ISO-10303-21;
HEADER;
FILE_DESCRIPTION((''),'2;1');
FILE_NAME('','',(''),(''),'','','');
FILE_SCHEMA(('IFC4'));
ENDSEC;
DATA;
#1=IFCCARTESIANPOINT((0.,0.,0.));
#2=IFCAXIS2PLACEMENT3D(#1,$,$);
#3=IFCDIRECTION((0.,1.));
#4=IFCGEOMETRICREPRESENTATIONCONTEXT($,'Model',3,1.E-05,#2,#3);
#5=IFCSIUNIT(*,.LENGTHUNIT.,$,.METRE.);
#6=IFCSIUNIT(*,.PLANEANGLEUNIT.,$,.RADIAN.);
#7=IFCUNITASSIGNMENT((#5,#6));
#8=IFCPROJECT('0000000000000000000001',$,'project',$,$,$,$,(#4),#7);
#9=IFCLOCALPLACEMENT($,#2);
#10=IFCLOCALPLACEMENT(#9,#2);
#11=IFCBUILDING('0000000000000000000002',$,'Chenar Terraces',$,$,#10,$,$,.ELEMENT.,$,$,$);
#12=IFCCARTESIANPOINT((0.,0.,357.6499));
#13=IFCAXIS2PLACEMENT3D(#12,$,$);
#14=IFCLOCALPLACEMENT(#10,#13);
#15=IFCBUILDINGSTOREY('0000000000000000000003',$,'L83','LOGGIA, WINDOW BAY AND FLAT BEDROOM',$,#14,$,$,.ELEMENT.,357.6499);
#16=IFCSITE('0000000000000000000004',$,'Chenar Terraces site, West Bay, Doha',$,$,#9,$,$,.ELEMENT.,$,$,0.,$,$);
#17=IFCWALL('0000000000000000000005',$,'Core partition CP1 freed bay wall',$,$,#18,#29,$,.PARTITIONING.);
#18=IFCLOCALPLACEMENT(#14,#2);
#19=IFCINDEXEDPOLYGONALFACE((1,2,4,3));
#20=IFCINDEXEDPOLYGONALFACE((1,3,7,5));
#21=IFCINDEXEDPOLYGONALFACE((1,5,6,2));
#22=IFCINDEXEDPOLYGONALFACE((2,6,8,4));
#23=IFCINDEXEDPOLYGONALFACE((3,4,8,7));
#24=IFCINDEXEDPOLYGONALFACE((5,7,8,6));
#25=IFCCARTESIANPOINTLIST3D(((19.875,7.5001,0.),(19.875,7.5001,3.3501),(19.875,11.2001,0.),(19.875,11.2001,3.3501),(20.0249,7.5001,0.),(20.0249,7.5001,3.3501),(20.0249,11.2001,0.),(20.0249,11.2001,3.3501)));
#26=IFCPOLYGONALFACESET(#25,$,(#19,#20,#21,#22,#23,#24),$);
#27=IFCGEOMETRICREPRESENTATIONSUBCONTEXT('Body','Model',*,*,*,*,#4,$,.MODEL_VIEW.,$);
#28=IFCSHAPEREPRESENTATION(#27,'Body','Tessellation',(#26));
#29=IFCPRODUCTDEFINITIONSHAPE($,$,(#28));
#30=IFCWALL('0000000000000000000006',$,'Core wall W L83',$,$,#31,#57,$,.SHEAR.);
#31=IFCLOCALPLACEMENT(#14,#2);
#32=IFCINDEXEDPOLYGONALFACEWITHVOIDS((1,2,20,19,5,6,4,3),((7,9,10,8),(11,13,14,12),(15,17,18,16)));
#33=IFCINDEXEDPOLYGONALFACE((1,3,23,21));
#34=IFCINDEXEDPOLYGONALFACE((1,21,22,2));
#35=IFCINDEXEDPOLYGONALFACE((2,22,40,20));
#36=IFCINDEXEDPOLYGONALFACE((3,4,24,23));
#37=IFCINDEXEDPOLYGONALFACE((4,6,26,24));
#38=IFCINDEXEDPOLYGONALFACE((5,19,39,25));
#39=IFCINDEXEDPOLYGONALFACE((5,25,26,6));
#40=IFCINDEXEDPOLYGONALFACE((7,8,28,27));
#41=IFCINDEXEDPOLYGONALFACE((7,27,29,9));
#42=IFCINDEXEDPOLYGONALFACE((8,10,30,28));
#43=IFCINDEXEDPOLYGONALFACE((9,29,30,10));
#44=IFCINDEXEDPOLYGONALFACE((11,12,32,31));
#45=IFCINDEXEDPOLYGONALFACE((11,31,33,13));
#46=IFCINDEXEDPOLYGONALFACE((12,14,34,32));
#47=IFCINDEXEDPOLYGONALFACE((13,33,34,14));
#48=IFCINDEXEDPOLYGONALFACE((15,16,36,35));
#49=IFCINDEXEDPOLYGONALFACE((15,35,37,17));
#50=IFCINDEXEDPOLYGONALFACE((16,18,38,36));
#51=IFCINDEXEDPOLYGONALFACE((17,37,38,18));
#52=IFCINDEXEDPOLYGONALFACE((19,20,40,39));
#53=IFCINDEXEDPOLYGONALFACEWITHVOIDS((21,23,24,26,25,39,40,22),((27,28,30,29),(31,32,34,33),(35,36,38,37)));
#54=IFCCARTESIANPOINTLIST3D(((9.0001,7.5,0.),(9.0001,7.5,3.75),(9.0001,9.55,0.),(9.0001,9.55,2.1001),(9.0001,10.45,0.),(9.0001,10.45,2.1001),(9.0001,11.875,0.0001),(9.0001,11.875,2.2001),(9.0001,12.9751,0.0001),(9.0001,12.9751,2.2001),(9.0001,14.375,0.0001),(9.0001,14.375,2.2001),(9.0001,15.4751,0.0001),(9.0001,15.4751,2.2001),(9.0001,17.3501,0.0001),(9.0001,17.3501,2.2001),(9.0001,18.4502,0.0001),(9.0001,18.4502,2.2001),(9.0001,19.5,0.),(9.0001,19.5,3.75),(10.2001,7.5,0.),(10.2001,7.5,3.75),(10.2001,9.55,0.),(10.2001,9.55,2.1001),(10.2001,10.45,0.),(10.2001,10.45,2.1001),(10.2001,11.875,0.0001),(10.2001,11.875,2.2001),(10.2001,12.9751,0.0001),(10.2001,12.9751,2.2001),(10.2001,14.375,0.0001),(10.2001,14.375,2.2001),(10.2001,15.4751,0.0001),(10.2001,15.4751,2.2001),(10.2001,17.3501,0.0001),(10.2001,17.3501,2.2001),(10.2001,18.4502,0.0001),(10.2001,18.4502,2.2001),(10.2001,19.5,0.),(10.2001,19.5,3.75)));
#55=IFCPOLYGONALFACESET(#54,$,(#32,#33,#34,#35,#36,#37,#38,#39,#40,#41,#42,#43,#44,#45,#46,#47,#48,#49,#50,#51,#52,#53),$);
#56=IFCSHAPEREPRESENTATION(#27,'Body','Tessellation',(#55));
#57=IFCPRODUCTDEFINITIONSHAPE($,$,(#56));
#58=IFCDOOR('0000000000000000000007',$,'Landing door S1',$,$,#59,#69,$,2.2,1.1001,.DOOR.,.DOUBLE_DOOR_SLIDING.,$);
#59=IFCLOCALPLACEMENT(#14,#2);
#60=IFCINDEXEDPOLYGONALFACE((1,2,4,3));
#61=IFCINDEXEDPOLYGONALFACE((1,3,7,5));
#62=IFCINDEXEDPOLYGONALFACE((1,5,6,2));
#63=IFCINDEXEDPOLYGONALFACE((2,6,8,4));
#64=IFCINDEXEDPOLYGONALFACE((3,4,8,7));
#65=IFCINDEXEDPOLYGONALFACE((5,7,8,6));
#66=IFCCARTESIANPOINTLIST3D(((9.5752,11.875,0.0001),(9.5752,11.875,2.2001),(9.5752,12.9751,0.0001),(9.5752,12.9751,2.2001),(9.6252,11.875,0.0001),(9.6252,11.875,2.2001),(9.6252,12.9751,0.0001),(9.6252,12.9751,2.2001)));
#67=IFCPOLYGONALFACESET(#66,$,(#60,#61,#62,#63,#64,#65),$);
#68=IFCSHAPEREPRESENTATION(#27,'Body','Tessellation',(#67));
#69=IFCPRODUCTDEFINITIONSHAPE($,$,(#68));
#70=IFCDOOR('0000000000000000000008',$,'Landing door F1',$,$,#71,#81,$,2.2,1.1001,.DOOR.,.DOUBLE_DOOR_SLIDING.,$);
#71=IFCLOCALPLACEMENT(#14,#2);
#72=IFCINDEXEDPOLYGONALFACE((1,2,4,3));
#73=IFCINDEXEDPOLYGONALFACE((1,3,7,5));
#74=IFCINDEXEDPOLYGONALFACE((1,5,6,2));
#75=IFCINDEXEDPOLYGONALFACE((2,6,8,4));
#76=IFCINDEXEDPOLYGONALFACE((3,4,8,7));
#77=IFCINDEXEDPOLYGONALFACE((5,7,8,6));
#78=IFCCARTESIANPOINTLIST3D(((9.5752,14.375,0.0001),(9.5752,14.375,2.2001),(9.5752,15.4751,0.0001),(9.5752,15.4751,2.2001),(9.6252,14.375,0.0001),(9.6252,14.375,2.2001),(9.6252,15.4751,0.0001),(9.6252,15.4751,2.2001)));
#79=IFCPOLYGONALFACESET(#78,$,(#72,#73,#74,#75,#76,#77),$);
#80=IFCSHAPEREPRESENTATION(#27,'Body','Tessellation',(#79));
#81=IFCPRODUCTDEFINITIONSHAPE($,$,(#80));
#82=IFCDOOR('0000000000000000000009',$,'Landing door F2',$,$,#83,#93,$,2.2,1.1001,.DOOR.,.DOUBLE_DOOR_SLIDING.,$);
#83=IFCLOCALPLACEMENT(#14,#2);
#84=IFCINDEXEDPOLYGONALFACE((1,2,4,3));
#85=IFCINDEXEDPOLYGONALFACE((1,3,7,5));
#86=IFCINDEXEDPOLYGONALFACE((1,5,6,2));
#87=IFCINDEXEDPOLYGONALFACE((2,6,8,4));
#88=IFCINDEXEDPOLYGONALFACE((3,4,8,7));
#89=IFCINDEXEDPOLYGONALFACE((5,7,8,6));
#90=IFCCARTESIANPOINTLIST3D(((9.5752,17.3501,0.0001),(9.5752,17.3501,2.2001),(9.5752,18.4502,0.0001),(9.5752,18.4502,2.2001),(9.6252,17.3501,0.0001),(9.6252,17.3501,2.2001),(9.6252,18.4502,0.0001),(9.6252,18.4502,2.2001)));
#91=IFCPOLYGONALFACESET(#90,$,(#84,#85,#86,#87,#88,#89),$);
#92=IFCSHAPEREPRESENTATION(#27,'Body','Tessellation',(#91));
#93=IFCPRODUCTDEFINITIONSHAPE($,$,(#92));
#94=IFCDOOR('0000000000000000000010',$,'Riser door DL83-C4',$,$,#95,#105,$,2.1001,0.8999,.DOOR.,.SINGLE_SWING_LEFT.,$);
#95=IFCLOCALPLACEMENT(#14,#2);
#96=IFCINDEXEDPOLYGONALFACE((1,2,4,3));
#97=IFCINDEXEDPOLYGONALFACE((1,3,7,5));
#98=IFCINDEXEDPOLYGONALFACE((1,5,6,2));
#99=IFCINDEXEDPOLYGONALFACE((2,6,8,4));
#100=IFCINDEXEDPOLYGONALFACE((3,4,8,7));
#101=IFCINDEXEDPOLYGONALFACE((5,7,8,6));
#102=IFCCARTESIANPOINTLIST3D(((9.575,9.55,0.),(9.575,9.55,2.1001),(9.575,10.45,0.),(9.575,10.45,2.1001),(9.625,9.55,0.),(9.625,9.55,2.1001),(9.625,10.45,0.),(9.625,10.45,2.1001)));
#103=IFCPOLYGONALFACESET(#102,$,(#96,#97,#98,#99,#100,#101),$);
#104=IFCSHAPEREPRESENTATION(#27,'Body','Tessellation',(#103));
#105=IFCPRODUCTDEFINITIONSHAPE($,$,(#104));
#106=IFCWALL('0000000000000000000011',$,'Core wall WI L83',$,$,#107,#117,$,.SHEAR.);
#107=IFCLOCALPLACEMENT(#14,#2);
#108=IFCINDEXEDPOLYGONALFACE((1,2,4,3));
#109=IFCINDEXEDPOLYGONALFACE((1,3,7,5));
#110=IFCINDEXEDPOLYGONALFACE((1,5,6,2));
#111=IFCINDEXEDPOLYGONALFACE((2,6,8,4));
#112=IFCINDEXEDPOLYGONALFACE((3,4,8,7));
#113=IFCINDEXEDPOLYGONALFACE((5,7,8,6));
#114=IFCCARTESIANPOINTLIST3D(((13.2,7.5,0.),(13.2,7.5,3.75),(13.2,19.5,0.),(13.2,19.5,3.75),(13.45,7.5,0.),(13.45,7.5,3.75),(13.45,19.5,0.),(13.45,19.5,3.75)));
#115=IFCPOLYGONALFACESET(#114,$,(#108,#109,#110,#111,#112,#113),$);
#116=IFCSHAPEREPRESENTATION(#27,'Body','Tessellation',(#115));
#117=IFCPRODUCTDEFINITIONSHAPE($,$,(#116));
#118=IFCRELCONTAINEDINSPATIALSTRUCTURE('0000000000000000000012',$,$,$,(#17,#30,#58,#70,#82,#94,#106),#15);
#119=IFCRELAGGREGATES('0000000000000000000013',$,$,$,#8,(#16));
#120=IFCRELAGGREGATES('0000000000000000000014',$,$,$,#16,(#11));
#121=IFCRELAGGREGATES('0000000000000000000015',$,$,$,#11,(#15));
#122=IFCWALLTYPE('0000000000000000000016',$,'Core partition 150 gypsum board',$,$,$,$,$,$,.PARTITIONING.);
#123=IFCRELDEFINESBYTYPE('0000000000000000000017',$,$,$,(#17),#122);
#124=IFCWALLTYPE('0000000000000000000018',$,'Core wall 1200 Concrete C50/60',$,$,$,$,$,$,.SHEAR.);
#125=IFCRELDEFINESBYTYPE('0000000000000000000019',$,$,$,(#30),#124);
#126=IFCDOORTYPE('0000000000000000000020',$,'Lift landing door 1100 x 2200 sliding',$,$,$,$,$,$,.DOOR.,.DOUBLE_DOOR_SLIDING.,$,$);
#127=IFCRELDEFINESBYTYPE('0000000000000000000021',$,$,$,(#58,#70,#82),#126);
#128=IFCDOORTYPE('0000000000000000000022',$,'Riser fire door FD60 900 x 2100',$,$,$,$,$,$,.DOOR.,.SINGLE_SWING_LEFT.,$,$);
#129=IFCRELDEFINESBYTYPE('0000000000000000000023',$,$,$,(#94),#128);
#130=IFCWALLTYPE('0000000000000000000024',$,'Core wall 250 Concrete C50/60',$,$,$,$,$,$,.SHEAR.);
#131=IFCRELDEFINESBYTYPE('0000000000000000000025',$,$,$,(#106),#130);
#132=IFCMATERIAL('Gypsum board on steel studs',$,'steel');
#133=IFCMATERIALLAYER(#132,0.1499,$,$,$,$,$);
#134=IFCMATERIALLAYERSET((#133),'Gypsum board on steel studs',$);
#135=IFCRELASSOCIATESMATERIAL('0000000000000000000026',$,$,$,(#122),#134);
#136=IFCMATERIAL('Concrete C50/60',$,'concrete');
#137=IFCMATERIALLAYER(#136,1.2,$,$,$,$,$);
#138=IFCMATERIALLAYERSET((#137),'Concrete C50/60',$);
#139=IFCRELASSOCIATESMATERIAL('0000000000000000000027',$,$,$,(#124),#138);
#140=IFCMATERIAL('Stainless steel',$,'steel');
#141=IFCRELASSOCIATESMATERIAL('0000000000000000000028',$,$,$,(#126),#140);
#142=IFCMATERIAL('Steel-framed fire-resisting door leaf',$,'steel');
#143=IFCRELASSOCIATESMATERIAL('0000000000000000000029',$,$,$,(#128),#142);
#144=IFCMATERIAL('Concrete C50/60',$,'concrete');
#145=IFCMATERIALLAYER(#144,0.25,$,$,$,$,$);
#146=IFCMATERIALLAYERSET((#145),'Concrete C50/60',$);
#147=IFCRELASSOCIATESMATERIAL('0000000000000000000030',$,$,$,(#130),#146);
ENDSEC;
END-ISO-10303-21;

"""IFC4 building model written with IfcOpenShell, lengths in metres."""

from ifc_helpers import new_model, si_unit, direction, frame, frame_2d, origin, place, context, subcontext, project, spatial, rectangle, extrude, material, layer, layer_set, type_object, element, fill, save


model = new_model("IFC4")

# Units and contexts
model_context = context("Model", 3, precision=1e-05, world=origin(), true_north=direction((0.0, 1.0)))
body_context = subcontext(model_context, "Body", "Model", "MODEL_VIEW")
ifc_project = project(units=[si_unit("LENGTHUNIT", "METRE"), si_unit("PLANEANGLEUNIT", "RADIAN")], contexts=[model_context])

# Site, building, storey
site_placement = place(None, origin())
site = spatial("IfcSite", under=ifc_project, at=site_placement, Name="Chenar Terraces site, West Bay, Doha", CompositionType="ELEMENT", RefElevation=0.0)
building_placement = place(site_placement, origin())
building = spatial("IfcBuilding", under=site, at=building_placement, Name="Chenar Terraces", CompositionType="ELEMENT")
storey_placement = place(building_placement, frame((0.0, 0.0, 357.6499)))
storey = spatial("IfcBuildingStorey", under=building, at=storey_placement, Name="L83", Description="LOGGIA, WINDOW BAY AND FLAT BEDROOM", CompositionType="ELEMENT", Elevation=357.6499)

# Wall
ifc_material_1 = material(Name="Gypsum board on steel studs", Category="steel")
ifc_layer_1 = layer(ifc_material_1, 0.1499)
ifc_layer_set_1 = layer_set([ifc_layer_1], Name="Gypsum board on steel studs")
wall_type_1 = type_object("IfcWallType", Name="Core partition 150 gypsum board", PredefinedType="PARTITIONING", material=ifc_layer_set_1)
wall_1_placement = place(storey_placement, frame((19.95, 7.5, 0.0), z_axis=(0.0, 0.0, 1.0), x_axis=(0.0, 1.0, 0.0)))
element("IfcWall", 1, at=wall_1_placement, inside=storey, type_object=wall_type_1, Name="Core partition CP1 freed bay wall", PredefinedType="PARTITIONING", context=body_context, shape_type="SweptSolid", body=[
    extrude(rectangle(XDim=3.7, YDim=0.1499, at=frame_2d((1.8501, 0.0))), origin(), (0.0, 0.0, 1.0), 3.3501),
])

# Wall, openings, doors
ifc_material_2 = material(Name="Concrete C50/60", Category="concrete")
ifc_layer_2 = layer(ifc_material_2, 1.2)
ifc_layer_set_2 = layer_set([ifc_layer_2], Name="Concrete C50/60")
wall_type_2 = type_object("IfcWallType", Name="Core wall 1200 Concrete C50/60", PredefinedType="SHEAR", material=ifc_layer_set_2)
wall_2_placement = place(storey_placement, frame((9.6001, 7.5, 0.0), z_axis=(0.0, 0.0, 1.0), x_axis=(0.0, 1.0, 0.0)))
wall_2 = element("IfcWall", 2, at=wall_2_placement, inside=storey, type_object=wall_type_2, Name="Core wall W L83", PredefinedType="SHEAR", context=body_context, shape_type="SweptSolid", body=[
    extrude(rectangle(XDim=12.0, YDim=1.2, at=frame_2d((6.0, 0.0))), origin(), (0.0, 0.0, 1.0), 3.75),
])
opening_1_placement = place(wall_2_placement, frame((4.375, 0.0, 0.0)))
opening_1 = element("IfcOpeningElement", 3, at=opening_1_placement, cuts=wall_2, PredefinedType="OPENING", context=body_context, shape_type="SweptSolid", body=[
    extrude(rectangle(XDim=1.1001, YDim=2.2, at=frame_2d((0.55, 1.1001))), frame((0.0, 0.6099, 0.0), z_axis=(0.0, -1.0, 0.0), x_axis=(1.0, 0.0, 0.0)), (0.0, 0.0, 1.0), 1.22),
])
opening_2_placement = place(wall_2_placement, frame((6.875, 0.0, 0.0)))
opening_2 = element("IfcOpeningElement", 4, at=opening_2_placement, cuts=wall_2, PredefinedType="OPENING", context=body_context, shape_type="SweptSolid", body=[
    extrude(rectangle(XDim=1.1001, YDim=2.2, at=frame_2d((0.55, 1.1001))), frame((0.0, 0.6099, 0.0), z_axis=(0.0, -1.0, 0.0), x_axis=(1.0, 0.0, 0.0)), (0.0, 0.0, 1.0), 1.22),
])
opening_3_placement = place(wall_2_placement, frame((9.8501, 0.0, 0.0)))
opening_3 = element("IfcOpeningElement", 5, at=opening_3_placement, cuts=wall_2, PredefinedType="OPENING", context=body_context, shape_type="SweptSolid", body=[
    extrude(rectangle(XDim=1.1001, YDim=2.2, at=frame_2d((0.55, 1.1001))), frame((0.0, 0.6099, 0.0), z_axis=(0.0, -1.0, 0.0), x_axis=(1.0, 0.0, 0.0)), (0.0, 0.0, 1.0), 1.22),
])
opening_4_placement = place(wall_2_placement, frame((2.05, 0.0, 0.0)))
opening_4 = element("IfcOpeningElement", 6, at=opening_4_placement, cuts=wall_2, PredefinedType="OPENING", context=body_context, shape_type="SweptSolid", body=[
    extrude(rectangle(XDim=0.8999, YDim=2.1001, at=frame_2d((0.45, 1.05))), frame((0.0, 0.6099, 0.0), z_axis=(0.0, -1.0, 0.0), x_axis=(1.0, 0.0, 0.0)), (0.0, 0.0, 1.0), 1.22),
])
ifc_material_3 = material(Name="Stainless steel", Category="steel")
door_type_1 = type_object("IfcDoorType", Name="Lift landing door 1100 x 2200 sliding", OperationType="DOUBLE_DOOR_SLIDING", PredefinedType="DOOR", material=ifc_material_3)
door_1_placement = place(opening_1_placement, origin())
door_1 = element("IfcDoor", 7, at=door_1_placement, inside=storey, type_object=door_type_1, Name="Landing door S1", OperationType="DOUBLE_DOOR_SLIDING", OverallHeight=2.2, OverallWidth=1.1001, PredefinedType="DOOR", context=body_context, shape_type="SweptSolid", body=[
    extrude(rectangle(XDim=1.1001, YDim=2.2, at=frame_2d((0.55, 1.1001))), frame((0.0, 0.0249, 0.0), z_axis=(0.0, -1.0, 0.0), x_axis=(1.0, 0.0, 0.0)), (0.0, 0.0, 1.0), 0.05),
])
fill(opening_1, door_1)
door_2_placement = place(opening_2_placement, origin())
door_2 = element("IfcDoor", 8, at=door_2_placement, inside=storey, type_object=door_type_1, Name="Landing door F1", OperationType="DOUBLE_DOOR_SLIDING", OverallHeight=2.2, OverallWidth=1.1001, PredefinedType="DOOR", context=body_context, shape_type="SweptSolid", body=[
    extrude(rectangle(XDim=1.1001, YDim=2.2, at=frame_2d((0.55, 1.1001))), frame((0.0, 0.0249, 0.0), z_axis=(0.0, -1.0, 0.0), x_axis=(1.0, 0.0, 0.0)), (0.0, 0.0, 1.0), 0.05),
])
fill(opening_2, door_2)
door_3_placement = place(opening_3_placement, origin())
door_3 = element("IfcDoor", 9, at=door_3_placement, inside=storey, type_object=door_type_1, Name="Landing door F2", OperationType="DOUBLE_DOOR_SLIDING", OverallHeight=2.2, OverallWidth=1.1001, PredefinedType="DOOR", context=body_context, shape_type="SweptSolid", body=[
    extrude(rectangle(XDim=1.1001, YDim=2.2, at=frame_2d((0.55, 1.1001))), frame((0.0, 0.0249, 0.0), z_axis=(0.0, -1.0, 0.0), x_axis=(1.0, 0.0, 0.0)), (0.0, 0.0, 1.0), 0.05),
])
fill(opening_3, door_3)
ifc_material_4 = material(Name="Steel-framed fire-resisting door leaf", Category="steel")
door_type_2 = type_object("IfcDoorType", Name="Riser fire door FD60 900 x 2100", OperationType="SINGLE_SWING_LEFT", PredefinedType="DOOR", material=ifc_material_4)
door_4_placement = place(opening_4_placement, frame((0.8999, 0.0, 0.0), z_axis=(0.0, 0.0, 1.0), x_axis=(-1.0, 0.0, 0.0)))
door_4 = element("IfcDoor", 10, at=door_4_placement, inside=storey, type_object=door_type_2, Name="Riser door DL83-C4", OperationType="SINGLE_SWING_LEFT", OverallHeight=2.1001, OverallWidth=0.8999, PredefinedType="DOOR", context=body_context, shape_type="SweptSolid", body=[
    extrude(rectangle(XDim=0.8999, YDim=2.1001, at=frame_2d((0.45, 1.05))), frame((0.0, 0.0249, 0.0), z_axis=(0.0, -1.0, 0.0), x_axis=(1.0, 0.0, 0.0)), (0.0, 0.0, 1.0), 0.05),
])
fill(opening_4, door_4)

# Wall
ifc_material_5 = material(Name="Concrete C50/60", Category="concrete")
ifc_layer_3 = layer(ifc_material_5, 0.25)
ifc_layer_set_3 = layer_set([ifc_layer_3], Name="Concrete C50/60")
wall_type_3 = type_object("IfcWallType", Name="Core wall 250 Concrete C50/60", PredefinedType="SHEAR", material=ifc_layer_set_3)
wall_3_placement = place(storey_placement, frame((13.325, 7.5, 0.0), z_axis=(0.0, 0.0, 1.0), x_axis=(0.0, 1.0, 0.0)))
element("IfcWall", 11, at=wall_3_placement, inside=storey, type_object=wall_type_3, Name="Core wall WI L83", PredefinedType="SHEAR", context=body_context, shape_type="SweptSolid", body=[
    extrude(rectangle(XDim=12.0, YDim=0.25, at=frame_2d((6.0, 0.0))), origin(), (0.0, 0.0, 1.0), 3.75),
])

save(model, "model.ifc")
